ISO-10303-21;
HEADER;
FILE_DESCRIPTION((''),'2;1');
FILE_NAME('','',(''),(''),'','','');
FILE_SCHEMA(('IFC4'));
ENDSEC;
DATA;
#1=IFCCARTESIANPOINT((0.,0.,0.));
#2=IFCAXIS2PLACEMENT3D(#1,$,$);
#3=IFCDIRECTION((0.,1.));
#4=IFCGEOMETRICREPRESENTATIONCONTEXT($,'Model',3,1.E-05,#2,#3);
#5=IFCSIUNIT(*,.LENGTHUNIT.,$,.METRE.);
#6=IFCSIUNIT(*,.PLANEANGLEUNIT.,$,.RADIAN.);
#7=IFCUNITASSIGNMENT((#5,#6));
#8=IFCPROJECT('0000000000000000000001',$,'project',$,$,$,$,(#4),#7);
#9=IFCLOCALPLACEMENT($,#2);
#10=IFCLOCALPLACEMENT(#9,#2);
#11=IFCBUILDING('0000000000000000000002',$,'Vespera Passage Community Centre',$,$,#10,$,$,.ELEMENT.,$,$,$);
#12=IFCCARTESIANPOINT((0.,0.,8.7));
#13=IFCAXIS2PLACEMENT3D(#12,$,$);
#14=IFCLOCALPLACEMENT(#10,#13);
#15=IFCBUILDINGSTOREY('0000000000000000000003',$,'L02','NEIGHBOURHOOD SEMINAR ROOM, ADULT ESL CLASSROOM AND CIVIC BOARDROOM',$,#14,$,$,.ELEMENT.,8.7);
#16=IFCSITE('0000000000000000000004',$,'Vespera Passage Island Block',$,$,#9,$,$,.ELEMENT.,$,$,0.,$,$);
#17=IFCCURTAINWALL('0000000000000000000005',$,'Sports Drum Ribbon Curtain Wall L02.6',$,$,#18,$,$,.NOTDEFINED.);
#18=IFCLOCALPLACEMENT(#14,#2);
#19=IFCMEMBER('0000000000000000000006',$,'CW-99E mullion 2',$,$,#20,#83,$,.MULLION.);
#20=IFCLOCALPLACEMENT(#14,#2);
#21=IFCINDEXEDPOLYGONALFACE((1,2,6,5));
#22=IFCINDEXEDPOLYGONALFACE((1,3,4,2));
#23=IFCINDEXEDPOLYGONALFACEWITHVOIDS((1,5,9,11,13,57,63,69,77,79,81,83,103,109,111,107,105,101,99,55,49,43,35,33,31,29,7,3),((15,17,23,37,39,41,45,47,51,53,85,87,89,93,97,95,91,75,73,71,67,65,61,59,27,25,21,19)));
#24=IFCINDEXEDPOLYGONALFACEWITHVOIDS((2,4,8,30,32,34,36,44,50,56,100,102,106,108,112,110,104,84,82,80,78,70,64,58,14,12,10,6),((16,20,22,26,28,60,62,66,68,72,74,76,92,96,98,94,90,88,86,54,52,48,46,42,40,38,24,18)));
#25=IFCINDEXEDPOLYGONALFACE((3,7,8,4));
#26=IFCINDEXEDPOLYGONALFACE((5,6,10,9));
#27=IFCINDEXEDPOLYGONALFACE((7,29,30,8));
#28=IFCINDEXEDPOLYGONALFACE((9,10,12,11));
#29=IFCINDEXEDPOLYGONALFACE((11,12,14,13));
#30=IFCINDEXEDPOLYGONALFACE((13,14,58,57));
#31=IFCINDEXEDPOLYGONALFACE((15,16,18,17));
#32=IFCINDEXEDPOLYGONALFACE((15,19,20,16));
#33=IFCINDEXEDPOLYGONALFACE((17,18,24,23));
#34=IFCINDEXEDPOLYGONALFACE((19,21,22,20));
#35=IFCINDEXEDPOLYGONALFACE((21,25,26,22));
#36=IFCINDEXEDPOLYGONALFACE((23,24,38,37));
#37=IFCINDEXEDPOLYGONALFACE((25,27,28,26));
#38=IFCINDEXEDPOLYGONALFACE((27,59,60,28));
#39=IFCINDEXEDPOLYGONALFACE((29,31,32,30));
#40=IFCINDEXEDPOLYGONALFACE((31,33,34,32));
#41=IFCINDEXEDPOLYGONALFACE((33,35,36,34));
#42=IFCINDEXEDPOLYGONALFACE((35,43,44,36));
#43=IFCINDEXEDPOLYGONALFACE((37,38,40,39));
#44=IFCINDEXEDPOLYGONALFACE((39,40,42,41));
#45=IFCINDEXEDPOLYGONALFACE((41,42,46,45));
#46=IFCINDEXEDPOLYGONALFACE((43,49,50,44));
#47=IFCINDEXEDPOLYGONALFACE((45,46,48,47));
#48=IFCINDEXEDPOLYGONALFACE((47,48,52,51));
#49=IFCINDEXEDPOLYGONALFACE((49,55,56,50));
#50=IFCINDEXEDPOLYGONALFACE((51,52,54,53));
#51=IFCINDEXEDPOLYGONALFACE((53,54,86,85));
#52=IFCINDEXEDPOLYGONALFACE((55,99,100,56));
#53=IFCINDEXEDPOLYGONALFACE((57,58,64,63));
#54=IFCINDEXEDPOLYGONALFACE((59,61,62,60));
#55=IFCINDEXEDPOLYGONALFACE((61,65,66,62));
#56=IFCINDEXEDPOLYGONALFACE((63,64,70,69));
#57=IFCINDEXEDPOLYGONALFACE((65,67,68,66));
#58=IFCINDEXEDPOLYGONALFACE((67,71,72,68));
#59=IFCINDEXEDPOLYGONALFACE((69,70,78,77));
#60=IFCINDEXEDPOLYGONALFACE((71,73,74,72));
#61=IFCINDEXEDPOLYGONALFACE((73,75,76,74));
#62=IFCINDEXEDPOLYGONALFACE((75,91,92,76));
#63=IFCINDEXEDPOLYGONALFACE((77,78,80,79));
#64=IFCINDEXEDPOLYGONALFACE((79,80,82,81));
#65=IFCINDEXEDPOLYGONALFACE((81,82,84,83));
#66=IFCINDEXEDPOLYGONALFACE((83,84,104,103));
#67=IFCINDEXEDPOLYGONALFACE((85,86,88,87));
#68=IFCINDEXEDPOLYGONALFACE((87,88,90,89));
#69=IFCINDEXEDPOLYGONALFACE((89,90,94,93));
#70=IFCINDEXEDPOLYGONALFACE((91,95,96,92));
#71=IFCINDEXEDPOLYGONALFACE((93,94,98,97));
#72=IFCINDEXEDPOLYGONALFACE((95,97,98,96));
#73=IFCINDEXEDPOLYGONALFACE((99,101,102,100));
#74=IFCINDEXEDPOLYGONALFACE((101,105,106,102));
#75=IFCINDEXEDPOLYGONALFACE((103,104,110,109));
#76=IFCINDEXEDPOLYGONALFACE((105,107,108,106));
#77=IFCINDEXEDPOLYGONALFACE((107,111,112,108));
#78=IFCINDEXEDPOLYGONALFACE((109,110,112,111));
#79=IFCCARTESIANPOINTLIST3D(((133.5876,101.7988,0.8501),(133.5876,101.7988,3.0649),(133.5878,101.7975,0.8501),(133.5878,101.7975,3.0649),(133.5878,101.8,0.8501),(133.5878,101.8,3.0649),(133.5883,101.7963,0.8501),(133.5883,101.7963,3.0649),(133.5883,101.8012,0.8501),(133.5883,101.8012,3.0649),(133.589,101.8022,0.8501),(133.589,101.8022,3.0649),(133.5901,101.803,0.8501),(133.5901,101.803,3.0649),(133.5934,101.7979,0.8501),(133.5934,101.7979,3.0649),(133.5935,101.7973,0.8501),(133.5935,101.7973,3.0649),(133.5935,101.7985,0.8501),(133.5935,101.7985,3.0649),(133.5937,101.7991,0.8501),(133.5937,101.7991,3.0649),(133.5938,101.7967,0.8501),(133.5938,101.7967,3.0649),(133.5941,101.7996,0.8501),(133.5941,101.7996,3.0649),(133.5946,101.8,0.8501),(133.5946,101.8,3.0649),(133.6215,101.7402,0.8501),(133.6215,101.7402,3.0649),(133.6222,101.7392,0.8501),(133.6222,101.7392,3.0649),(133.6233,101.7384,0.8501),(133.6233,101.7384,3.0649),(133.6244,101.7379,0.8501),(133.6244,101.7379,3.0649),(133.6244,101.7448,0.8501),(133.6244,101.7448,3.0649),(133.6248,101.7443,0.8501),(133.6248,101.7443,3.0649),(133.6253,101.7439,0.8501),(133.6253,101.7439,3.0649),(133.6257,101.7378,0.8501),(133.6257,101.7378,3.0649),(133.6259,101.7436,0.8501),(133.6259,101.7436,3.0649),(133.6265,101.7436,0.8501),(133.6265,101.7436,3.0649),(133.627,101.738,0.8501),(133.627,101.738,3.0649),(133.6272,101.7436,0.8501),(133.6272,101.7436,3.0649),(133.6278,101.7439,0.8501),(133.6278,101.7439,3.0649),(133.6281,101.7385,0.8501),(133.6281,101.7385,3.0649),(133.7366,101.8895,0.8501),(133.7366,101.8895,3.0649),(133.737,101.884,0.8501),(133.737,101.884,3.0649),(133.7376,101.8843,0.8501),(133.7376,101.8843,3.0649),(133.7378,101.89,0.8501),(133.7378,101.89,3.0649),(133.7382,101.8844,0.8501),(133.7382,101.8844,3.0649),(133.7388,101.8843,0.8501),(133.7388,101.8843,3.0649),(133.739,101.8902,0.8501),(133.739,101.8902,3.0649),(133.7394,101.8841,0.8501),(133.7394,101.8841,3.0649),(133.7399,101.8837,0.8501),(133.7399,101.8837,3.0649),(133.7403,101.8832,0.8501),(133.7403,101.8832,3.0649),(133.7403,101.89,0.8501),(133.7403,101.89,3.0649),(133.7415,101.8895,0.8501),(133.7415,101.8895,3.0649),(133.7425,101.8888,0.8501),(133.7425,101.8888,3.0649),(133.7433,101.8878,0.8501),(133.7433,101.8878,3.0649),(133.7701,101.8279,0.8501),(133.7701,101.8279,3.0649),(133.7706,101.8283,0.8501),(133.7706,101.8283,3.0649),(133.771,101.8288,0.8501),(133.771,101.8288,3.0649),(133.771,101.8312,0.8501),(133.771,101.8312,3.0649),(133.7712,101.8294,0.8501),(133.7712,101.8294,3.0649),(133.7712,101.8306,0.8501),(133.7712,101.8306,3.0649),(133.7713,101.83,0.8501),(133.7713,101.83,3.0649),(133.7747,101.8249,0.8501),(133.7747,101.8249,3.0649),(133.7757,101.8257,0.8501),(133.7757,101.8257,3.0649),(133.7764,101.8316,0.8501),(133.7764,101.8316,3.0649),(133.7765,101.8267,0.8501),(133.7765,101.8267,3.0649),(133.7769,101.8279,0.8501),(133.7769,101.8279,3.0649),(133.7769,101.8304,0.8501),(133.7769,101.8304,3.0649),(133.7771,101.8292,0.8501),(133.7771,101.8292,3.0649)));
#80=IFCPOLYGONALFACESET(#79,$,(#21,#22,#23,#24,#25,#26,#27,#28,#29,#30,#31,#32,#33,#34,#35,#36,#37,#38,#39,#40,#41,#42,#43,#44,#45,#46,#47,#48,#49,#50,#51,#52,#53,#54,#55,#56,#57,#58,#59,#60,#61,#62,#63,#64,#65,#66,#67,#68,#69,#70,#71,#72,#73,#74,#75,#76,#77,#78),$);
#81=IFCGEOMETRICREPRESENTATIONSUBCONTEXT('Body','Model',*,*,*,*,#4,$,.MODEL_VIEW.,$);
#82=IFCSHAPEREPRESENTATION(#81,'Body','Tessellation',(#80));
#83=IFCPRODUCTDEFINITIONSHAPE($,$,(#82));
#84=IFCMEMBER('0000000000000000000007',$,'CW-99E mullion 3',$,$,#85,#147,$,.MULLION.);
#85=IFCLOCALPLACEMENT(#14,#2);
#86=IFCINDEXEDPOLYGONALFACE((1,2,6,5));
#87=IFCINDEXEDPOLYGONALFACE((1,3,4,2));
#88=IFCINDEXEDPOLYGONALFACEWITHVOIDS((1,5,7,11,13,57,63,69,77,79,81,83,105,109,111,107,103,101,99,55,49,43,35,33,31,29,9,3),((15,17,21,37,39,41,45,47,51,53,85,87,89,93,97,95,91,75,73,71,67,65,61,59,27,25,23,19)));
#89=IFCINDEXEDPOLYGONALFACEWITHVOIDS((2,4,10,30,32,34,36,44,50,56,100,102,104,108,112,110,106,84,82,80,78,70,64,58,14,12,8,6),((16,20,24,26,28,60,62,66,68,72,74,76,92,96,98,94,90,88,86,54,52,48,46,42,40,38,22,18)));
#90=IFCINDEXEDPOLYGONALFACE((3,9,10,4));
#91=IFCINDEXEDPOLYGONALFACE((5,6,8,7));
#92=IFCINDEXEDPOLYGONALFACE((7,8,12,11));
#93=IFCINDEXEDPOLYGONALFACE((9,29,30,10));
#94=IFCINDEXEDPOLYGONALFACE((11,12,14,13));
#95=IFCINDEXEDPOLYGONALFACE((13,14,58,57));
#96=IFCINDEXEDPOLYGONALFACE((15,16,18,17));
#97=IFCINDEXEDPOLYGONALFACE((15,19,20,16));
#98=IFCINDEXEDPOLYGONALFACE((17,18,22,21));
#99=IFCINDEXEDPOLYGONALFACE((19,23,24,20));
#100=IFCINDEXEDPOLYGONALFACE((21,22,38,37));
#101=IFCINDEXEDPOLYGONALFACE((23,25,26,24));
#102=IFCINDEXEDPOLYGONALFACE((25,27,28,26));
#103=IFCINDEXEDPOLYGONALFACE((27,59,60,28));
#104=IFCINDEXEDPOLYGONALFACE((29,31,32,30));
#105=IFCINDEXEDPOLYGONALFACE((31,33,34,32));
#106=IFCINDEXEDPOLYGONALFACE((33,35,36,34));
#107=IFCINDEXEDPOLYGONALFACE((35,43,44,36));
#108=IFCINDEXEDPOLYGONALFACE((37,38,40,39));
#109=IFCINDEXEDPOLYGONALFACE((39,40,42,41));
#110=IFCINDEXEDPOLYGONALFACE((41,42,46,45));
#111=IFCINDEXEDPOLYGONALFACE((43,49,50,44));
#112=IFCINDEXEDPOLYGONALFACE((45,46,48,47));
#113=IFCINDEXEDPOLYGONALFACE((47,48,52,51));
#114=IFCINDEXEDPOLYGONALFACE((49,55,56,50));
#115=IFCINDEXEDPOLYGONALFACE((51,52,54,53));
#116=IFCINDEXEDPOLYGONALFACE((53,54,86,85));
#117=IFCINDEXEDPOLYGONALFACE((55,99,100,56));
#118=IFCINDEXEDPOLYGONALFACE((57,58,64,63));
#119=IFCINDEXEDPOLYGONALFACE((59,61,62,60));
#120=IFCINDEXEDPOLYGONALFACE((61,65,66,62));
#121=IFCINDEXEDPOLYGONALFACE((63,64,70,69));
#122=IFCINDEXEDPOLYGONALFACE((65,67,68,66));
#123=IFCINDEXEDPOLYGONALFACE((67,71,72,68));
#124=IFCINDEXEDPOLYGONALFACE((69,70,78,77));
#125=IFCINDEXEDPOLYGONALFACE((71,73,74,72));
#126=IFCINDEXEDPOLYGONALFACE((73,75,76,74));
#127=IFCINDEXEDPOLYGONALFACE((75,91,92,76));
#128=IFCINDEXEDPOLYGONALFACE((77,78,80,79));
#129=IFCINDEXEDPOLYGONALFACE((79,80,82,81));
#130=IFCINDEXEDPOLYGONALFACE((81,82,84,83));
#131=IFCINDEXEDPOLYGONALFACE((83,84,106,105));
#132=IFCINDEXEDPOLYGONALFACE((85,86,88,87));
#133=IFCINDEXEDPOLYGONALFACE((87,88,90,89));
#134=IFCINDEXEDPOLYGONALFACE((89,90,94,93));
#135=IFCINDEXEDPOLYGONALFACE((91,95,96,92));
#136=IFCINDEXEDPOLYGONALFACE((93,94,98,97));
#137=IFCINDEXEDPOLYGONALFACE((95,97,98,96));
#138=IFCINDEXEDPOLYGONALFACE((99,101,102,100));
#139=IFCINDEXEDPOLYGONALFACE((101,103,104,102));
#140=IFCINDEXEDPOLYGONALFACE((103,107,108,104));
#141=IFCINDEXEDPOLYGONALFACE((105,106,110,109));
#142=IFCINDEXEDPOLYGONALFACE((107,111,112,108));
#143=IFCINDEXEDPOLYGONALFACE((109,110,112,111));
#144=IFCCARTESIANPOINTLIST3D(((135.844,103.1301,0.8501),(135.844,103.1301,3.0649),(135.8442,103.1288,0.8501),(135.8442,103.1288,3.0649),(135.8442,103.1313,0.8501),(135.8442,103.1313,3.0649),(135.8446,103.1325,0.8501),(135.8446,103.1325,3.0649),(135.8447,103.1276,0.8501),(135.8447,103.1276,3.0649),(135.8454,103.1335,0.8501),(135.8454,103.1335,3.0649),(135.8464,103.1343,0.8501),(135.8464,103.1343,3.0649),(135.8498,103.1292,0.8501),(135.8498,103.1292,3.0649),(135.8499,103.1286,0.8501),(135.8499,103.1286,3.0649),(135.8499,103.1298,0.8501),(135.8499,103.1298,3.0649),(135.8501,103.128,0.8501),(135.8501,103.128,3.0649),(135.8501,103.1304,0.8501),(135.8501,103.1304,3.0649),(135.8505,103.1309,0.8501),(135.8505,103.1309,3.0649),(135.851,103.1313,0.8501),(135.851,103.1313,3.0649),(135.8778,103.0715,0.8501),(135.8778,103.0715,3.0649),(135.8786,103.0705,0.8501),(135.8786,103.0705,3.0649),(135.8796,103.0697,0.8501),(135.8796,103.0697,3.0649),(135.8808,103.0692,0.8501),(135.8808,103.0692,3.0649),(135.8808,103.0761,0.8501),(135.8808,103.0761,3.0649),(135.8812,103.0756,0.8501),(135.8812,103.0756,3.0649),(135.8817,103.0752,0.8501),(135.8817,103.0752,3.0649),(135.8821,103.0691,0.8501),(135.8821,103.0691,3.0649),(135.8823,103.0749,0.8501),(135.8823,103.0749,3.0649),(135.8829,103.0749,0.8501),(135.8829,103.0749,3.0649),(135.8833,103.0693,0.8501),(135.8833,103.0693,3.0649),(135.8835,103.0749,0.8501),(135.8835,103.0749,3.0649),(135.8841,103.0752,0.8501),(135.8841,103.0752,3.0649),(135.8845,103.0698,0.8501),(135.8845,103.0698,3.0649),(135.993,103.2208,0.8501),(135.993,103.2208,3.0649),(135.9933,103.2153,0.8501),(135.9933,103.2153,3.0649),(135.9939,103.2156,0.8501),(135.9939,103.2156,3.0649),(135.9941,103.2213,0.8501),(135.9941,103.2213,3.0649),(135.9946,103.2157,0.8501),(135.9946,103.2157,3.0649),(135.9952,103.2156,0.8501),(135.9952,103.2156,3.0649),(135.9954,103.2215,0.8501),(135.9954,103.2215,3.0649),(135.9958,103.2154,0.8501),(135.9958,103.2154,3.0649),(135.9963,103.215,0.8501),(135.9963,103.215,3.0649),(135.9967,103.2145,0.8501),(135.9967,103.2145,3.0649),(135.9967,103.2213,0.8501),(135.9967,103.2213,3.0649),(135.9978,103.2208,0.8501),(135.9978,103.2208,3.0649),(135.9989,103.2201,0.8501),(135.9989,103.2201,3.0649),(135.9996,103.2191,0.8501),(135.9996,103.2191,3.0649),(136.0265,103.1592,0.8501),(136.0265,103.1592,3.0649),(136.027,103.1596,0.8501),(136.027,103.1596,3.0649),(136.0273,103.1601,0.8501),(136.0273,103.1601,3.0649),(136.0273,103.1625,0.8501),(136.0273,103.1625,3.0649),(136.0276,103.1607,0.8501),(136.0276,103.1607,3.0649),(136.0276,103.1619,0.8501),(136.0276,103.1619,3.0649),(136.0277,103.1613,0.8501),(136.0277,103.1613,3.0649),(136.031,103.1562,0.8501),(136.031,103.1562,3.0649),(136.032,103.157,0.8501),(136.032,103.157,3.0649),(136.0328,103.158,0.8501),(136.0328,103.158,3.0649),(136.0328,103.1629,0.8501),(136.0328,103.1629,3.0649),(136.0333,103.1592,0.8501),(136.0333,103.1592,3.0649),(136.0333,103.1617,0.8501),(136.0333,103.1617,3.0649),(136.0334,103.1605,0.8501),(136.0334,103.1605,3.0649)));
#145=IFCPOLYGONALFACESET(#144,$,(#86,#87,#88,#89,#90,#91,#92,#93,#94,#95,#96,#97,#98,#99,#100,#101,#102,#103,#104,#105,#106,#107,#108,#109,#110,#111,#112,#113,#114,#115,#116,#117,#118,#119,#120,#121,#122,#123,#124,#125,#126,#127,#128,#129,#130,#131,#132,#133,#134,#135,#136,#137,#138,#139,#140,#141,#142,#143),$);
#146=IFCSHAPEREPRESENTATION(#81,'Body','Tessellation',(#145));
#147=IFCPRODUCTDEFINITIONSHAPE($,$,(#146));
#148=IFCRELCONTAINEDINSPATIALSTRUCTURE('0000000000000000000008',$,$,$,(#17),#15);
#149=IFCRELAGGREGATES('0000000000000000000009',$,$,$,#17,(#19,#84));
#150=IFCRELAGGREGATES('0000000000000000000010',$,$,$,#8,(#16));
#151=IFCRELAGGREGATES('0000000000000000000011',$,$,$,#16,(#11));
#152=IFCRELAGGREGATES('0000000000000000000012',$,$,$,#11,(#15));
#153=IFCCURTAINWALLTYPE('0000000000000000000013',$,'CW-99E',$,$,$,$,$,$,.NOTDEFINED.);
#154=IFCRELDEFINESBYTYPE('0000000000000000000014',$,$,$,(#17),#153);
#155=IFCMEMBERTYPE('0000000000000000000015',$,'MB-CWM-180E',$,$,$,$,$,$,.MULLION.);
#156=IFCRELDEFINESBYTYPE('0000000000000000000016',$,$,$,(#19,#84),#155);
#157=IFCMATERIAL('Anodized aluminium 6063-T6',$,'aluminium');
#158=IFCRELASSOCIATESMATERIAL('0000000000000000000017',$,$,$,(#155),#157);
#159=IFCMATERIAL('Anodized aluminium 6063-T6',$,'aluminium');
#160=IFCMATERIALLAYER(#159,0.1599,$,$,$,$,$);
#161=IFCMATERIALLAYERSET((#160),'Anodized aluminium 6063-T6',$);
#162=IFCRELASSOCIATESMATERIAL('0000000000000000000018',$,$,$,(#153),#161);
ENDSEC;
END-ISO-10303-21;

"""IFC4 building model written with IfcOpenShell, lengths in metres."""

from ifc_helpers import new_model, si_unit, direction, frame, origin, origin_2d, place, context, subcontext, project, spatial, hollow_rectangle, extrude, material, layer, layer_set, material_profile, profile_set, type_object, element, aggregate, save


model = new_model("IFC4")

# Units and contexts
model_context = context("Model", 3, precision=1e-05, world=origin(), true_north=direction((0.0, 1.0)))
body_context = subcontext(model_context, "Body", "Model", "MODEL_VIEW")
ifc_project = project(units=[si_unit("LENGTHUNIT", "METRE"), si_unit("PLANEANGLEUNIT", "RADIAN")], contexts=[model_context])

# Site, building, storey
site_placement = place(None, origin())
site = spatial("IfcSite", under=ifc_project, at=site_placement, Name="Vespera Passage Island Block", CompositionType="ELEMENT", RefElevation=0.0)
building_placement = place(site_placement, origin())
building = spatial("IfcBuilding", under=site, at=building_placement, Name="Vespera Passage Community Centre", CompositionType="ELEMENT")
storey_placement = place(building_placement, frame((0.0, 0.0, 8.7)))
storey = spatial("IfcBuildingStorey", under=building, at=storey_placement, Name="L02", Description="NEIGHBOURHOOD SEMINAR ROOM, ADULT ESL CLASSROOM AND CIVIC BOARDROOM", CompositionType="ELEMENT", Elevation=8.7)

# Curtain wall, members
ifc_material_1 = material(Name="Anodized aluminium 6063-T6", Category="aluminium")
ifc_material_profile_1 = material_profile(ifc_material_1, hollow_rectangle(XDim=0.075, YDim=0.1799, WallThickness=0.0049, InnerFilletRadius=0.0024, OuterFilletRadius=0.0049, at=origin_2d()), Name="ALU180X75X5")
ifc_profile_set_1 = profile_set([ifc_material_profile_1], Name="Anodized aluminium 6063-T6")
member_type_1 = type_object("IfcMemberType", Name="MB-CWM-180E", PredefinedType="MULLION", material=ifc_profile_set_1)
ifc_material_2 = material(Name="Anodized aluminium 6063-T6", Category="aluminium")
ifc_layer_1 = layer(ifc_material_2, 0.1599)
ifc_layer_set_1 = layer_set([ifc_layer_1], Name="Anodized aluminium 6063-T6")
curtain_wall_type_1 = type_object("IfcCurtainWallType", Name="CW-99E", PredefinedType="NOTDEFINED", material=ifc_layer_set_1)
curtain_wall_1_placement = place(storey_placement, origin())
curtain_wall_1 = element("IfcCurtainWall", 1, at=curtain_wall_1_placement, inside=storey, type_object=curtain_wall_type_1, Name="Sports Drum Ribbon Curtain Wall L02.6", PredefinedType="NOTDEFINED")
member_1_placement = place(storey_placement, frame((133.6824, 101.814, 0.8501), z_axis=(0.0, 0.0, 1.0), x_axis=(-0.50817, 0.861257, 0.0)))
member_1 = element("IfcMember", 2, at=member_1_placement, type_object=member_type_1, Name="CW-99E mullion 2", PredefinedType="MULLION", context=body_context, shape_type="SweptSolid", body=[
    extrude(hollow_rectangle(XDim=0.075, YDim=0.1799, WallThickness=0.0049, InnerFilletRadius=0.0024, OuterFilletRadius=0.0049, at=origin_2d()), origin(), (0.0, 0.0, 1.0), 2.2148),
])
member_2_placement = place(storey_placement, frame((135.9387, 103.1453, 0.8501), z_axis=(0.0, 0.0, 1.0), x_axis=(-0.50817, 0.861257, 0.0)))
member_2 = element("IfcMember", 3, at=member_2_placement, type_object=member_type_1, Name="CW-99E mullion 3", PredefinedType="MULLION", context=body_context, shape_type="SweptSolid", body=[
    extrude(hollow_rectangle(XDim=0.075, YDim=0.1799, WallThickness=0.0049, InnerFilletRadius=0.0024, OuterFilletRadius=0.0049, at=origin_2d()), origin(), (0.0, 0.0, 1.0), 2.2148),
])

aggregate(curtain_wall_1, [member_1, member_2])

save(model, "model.ifc")
